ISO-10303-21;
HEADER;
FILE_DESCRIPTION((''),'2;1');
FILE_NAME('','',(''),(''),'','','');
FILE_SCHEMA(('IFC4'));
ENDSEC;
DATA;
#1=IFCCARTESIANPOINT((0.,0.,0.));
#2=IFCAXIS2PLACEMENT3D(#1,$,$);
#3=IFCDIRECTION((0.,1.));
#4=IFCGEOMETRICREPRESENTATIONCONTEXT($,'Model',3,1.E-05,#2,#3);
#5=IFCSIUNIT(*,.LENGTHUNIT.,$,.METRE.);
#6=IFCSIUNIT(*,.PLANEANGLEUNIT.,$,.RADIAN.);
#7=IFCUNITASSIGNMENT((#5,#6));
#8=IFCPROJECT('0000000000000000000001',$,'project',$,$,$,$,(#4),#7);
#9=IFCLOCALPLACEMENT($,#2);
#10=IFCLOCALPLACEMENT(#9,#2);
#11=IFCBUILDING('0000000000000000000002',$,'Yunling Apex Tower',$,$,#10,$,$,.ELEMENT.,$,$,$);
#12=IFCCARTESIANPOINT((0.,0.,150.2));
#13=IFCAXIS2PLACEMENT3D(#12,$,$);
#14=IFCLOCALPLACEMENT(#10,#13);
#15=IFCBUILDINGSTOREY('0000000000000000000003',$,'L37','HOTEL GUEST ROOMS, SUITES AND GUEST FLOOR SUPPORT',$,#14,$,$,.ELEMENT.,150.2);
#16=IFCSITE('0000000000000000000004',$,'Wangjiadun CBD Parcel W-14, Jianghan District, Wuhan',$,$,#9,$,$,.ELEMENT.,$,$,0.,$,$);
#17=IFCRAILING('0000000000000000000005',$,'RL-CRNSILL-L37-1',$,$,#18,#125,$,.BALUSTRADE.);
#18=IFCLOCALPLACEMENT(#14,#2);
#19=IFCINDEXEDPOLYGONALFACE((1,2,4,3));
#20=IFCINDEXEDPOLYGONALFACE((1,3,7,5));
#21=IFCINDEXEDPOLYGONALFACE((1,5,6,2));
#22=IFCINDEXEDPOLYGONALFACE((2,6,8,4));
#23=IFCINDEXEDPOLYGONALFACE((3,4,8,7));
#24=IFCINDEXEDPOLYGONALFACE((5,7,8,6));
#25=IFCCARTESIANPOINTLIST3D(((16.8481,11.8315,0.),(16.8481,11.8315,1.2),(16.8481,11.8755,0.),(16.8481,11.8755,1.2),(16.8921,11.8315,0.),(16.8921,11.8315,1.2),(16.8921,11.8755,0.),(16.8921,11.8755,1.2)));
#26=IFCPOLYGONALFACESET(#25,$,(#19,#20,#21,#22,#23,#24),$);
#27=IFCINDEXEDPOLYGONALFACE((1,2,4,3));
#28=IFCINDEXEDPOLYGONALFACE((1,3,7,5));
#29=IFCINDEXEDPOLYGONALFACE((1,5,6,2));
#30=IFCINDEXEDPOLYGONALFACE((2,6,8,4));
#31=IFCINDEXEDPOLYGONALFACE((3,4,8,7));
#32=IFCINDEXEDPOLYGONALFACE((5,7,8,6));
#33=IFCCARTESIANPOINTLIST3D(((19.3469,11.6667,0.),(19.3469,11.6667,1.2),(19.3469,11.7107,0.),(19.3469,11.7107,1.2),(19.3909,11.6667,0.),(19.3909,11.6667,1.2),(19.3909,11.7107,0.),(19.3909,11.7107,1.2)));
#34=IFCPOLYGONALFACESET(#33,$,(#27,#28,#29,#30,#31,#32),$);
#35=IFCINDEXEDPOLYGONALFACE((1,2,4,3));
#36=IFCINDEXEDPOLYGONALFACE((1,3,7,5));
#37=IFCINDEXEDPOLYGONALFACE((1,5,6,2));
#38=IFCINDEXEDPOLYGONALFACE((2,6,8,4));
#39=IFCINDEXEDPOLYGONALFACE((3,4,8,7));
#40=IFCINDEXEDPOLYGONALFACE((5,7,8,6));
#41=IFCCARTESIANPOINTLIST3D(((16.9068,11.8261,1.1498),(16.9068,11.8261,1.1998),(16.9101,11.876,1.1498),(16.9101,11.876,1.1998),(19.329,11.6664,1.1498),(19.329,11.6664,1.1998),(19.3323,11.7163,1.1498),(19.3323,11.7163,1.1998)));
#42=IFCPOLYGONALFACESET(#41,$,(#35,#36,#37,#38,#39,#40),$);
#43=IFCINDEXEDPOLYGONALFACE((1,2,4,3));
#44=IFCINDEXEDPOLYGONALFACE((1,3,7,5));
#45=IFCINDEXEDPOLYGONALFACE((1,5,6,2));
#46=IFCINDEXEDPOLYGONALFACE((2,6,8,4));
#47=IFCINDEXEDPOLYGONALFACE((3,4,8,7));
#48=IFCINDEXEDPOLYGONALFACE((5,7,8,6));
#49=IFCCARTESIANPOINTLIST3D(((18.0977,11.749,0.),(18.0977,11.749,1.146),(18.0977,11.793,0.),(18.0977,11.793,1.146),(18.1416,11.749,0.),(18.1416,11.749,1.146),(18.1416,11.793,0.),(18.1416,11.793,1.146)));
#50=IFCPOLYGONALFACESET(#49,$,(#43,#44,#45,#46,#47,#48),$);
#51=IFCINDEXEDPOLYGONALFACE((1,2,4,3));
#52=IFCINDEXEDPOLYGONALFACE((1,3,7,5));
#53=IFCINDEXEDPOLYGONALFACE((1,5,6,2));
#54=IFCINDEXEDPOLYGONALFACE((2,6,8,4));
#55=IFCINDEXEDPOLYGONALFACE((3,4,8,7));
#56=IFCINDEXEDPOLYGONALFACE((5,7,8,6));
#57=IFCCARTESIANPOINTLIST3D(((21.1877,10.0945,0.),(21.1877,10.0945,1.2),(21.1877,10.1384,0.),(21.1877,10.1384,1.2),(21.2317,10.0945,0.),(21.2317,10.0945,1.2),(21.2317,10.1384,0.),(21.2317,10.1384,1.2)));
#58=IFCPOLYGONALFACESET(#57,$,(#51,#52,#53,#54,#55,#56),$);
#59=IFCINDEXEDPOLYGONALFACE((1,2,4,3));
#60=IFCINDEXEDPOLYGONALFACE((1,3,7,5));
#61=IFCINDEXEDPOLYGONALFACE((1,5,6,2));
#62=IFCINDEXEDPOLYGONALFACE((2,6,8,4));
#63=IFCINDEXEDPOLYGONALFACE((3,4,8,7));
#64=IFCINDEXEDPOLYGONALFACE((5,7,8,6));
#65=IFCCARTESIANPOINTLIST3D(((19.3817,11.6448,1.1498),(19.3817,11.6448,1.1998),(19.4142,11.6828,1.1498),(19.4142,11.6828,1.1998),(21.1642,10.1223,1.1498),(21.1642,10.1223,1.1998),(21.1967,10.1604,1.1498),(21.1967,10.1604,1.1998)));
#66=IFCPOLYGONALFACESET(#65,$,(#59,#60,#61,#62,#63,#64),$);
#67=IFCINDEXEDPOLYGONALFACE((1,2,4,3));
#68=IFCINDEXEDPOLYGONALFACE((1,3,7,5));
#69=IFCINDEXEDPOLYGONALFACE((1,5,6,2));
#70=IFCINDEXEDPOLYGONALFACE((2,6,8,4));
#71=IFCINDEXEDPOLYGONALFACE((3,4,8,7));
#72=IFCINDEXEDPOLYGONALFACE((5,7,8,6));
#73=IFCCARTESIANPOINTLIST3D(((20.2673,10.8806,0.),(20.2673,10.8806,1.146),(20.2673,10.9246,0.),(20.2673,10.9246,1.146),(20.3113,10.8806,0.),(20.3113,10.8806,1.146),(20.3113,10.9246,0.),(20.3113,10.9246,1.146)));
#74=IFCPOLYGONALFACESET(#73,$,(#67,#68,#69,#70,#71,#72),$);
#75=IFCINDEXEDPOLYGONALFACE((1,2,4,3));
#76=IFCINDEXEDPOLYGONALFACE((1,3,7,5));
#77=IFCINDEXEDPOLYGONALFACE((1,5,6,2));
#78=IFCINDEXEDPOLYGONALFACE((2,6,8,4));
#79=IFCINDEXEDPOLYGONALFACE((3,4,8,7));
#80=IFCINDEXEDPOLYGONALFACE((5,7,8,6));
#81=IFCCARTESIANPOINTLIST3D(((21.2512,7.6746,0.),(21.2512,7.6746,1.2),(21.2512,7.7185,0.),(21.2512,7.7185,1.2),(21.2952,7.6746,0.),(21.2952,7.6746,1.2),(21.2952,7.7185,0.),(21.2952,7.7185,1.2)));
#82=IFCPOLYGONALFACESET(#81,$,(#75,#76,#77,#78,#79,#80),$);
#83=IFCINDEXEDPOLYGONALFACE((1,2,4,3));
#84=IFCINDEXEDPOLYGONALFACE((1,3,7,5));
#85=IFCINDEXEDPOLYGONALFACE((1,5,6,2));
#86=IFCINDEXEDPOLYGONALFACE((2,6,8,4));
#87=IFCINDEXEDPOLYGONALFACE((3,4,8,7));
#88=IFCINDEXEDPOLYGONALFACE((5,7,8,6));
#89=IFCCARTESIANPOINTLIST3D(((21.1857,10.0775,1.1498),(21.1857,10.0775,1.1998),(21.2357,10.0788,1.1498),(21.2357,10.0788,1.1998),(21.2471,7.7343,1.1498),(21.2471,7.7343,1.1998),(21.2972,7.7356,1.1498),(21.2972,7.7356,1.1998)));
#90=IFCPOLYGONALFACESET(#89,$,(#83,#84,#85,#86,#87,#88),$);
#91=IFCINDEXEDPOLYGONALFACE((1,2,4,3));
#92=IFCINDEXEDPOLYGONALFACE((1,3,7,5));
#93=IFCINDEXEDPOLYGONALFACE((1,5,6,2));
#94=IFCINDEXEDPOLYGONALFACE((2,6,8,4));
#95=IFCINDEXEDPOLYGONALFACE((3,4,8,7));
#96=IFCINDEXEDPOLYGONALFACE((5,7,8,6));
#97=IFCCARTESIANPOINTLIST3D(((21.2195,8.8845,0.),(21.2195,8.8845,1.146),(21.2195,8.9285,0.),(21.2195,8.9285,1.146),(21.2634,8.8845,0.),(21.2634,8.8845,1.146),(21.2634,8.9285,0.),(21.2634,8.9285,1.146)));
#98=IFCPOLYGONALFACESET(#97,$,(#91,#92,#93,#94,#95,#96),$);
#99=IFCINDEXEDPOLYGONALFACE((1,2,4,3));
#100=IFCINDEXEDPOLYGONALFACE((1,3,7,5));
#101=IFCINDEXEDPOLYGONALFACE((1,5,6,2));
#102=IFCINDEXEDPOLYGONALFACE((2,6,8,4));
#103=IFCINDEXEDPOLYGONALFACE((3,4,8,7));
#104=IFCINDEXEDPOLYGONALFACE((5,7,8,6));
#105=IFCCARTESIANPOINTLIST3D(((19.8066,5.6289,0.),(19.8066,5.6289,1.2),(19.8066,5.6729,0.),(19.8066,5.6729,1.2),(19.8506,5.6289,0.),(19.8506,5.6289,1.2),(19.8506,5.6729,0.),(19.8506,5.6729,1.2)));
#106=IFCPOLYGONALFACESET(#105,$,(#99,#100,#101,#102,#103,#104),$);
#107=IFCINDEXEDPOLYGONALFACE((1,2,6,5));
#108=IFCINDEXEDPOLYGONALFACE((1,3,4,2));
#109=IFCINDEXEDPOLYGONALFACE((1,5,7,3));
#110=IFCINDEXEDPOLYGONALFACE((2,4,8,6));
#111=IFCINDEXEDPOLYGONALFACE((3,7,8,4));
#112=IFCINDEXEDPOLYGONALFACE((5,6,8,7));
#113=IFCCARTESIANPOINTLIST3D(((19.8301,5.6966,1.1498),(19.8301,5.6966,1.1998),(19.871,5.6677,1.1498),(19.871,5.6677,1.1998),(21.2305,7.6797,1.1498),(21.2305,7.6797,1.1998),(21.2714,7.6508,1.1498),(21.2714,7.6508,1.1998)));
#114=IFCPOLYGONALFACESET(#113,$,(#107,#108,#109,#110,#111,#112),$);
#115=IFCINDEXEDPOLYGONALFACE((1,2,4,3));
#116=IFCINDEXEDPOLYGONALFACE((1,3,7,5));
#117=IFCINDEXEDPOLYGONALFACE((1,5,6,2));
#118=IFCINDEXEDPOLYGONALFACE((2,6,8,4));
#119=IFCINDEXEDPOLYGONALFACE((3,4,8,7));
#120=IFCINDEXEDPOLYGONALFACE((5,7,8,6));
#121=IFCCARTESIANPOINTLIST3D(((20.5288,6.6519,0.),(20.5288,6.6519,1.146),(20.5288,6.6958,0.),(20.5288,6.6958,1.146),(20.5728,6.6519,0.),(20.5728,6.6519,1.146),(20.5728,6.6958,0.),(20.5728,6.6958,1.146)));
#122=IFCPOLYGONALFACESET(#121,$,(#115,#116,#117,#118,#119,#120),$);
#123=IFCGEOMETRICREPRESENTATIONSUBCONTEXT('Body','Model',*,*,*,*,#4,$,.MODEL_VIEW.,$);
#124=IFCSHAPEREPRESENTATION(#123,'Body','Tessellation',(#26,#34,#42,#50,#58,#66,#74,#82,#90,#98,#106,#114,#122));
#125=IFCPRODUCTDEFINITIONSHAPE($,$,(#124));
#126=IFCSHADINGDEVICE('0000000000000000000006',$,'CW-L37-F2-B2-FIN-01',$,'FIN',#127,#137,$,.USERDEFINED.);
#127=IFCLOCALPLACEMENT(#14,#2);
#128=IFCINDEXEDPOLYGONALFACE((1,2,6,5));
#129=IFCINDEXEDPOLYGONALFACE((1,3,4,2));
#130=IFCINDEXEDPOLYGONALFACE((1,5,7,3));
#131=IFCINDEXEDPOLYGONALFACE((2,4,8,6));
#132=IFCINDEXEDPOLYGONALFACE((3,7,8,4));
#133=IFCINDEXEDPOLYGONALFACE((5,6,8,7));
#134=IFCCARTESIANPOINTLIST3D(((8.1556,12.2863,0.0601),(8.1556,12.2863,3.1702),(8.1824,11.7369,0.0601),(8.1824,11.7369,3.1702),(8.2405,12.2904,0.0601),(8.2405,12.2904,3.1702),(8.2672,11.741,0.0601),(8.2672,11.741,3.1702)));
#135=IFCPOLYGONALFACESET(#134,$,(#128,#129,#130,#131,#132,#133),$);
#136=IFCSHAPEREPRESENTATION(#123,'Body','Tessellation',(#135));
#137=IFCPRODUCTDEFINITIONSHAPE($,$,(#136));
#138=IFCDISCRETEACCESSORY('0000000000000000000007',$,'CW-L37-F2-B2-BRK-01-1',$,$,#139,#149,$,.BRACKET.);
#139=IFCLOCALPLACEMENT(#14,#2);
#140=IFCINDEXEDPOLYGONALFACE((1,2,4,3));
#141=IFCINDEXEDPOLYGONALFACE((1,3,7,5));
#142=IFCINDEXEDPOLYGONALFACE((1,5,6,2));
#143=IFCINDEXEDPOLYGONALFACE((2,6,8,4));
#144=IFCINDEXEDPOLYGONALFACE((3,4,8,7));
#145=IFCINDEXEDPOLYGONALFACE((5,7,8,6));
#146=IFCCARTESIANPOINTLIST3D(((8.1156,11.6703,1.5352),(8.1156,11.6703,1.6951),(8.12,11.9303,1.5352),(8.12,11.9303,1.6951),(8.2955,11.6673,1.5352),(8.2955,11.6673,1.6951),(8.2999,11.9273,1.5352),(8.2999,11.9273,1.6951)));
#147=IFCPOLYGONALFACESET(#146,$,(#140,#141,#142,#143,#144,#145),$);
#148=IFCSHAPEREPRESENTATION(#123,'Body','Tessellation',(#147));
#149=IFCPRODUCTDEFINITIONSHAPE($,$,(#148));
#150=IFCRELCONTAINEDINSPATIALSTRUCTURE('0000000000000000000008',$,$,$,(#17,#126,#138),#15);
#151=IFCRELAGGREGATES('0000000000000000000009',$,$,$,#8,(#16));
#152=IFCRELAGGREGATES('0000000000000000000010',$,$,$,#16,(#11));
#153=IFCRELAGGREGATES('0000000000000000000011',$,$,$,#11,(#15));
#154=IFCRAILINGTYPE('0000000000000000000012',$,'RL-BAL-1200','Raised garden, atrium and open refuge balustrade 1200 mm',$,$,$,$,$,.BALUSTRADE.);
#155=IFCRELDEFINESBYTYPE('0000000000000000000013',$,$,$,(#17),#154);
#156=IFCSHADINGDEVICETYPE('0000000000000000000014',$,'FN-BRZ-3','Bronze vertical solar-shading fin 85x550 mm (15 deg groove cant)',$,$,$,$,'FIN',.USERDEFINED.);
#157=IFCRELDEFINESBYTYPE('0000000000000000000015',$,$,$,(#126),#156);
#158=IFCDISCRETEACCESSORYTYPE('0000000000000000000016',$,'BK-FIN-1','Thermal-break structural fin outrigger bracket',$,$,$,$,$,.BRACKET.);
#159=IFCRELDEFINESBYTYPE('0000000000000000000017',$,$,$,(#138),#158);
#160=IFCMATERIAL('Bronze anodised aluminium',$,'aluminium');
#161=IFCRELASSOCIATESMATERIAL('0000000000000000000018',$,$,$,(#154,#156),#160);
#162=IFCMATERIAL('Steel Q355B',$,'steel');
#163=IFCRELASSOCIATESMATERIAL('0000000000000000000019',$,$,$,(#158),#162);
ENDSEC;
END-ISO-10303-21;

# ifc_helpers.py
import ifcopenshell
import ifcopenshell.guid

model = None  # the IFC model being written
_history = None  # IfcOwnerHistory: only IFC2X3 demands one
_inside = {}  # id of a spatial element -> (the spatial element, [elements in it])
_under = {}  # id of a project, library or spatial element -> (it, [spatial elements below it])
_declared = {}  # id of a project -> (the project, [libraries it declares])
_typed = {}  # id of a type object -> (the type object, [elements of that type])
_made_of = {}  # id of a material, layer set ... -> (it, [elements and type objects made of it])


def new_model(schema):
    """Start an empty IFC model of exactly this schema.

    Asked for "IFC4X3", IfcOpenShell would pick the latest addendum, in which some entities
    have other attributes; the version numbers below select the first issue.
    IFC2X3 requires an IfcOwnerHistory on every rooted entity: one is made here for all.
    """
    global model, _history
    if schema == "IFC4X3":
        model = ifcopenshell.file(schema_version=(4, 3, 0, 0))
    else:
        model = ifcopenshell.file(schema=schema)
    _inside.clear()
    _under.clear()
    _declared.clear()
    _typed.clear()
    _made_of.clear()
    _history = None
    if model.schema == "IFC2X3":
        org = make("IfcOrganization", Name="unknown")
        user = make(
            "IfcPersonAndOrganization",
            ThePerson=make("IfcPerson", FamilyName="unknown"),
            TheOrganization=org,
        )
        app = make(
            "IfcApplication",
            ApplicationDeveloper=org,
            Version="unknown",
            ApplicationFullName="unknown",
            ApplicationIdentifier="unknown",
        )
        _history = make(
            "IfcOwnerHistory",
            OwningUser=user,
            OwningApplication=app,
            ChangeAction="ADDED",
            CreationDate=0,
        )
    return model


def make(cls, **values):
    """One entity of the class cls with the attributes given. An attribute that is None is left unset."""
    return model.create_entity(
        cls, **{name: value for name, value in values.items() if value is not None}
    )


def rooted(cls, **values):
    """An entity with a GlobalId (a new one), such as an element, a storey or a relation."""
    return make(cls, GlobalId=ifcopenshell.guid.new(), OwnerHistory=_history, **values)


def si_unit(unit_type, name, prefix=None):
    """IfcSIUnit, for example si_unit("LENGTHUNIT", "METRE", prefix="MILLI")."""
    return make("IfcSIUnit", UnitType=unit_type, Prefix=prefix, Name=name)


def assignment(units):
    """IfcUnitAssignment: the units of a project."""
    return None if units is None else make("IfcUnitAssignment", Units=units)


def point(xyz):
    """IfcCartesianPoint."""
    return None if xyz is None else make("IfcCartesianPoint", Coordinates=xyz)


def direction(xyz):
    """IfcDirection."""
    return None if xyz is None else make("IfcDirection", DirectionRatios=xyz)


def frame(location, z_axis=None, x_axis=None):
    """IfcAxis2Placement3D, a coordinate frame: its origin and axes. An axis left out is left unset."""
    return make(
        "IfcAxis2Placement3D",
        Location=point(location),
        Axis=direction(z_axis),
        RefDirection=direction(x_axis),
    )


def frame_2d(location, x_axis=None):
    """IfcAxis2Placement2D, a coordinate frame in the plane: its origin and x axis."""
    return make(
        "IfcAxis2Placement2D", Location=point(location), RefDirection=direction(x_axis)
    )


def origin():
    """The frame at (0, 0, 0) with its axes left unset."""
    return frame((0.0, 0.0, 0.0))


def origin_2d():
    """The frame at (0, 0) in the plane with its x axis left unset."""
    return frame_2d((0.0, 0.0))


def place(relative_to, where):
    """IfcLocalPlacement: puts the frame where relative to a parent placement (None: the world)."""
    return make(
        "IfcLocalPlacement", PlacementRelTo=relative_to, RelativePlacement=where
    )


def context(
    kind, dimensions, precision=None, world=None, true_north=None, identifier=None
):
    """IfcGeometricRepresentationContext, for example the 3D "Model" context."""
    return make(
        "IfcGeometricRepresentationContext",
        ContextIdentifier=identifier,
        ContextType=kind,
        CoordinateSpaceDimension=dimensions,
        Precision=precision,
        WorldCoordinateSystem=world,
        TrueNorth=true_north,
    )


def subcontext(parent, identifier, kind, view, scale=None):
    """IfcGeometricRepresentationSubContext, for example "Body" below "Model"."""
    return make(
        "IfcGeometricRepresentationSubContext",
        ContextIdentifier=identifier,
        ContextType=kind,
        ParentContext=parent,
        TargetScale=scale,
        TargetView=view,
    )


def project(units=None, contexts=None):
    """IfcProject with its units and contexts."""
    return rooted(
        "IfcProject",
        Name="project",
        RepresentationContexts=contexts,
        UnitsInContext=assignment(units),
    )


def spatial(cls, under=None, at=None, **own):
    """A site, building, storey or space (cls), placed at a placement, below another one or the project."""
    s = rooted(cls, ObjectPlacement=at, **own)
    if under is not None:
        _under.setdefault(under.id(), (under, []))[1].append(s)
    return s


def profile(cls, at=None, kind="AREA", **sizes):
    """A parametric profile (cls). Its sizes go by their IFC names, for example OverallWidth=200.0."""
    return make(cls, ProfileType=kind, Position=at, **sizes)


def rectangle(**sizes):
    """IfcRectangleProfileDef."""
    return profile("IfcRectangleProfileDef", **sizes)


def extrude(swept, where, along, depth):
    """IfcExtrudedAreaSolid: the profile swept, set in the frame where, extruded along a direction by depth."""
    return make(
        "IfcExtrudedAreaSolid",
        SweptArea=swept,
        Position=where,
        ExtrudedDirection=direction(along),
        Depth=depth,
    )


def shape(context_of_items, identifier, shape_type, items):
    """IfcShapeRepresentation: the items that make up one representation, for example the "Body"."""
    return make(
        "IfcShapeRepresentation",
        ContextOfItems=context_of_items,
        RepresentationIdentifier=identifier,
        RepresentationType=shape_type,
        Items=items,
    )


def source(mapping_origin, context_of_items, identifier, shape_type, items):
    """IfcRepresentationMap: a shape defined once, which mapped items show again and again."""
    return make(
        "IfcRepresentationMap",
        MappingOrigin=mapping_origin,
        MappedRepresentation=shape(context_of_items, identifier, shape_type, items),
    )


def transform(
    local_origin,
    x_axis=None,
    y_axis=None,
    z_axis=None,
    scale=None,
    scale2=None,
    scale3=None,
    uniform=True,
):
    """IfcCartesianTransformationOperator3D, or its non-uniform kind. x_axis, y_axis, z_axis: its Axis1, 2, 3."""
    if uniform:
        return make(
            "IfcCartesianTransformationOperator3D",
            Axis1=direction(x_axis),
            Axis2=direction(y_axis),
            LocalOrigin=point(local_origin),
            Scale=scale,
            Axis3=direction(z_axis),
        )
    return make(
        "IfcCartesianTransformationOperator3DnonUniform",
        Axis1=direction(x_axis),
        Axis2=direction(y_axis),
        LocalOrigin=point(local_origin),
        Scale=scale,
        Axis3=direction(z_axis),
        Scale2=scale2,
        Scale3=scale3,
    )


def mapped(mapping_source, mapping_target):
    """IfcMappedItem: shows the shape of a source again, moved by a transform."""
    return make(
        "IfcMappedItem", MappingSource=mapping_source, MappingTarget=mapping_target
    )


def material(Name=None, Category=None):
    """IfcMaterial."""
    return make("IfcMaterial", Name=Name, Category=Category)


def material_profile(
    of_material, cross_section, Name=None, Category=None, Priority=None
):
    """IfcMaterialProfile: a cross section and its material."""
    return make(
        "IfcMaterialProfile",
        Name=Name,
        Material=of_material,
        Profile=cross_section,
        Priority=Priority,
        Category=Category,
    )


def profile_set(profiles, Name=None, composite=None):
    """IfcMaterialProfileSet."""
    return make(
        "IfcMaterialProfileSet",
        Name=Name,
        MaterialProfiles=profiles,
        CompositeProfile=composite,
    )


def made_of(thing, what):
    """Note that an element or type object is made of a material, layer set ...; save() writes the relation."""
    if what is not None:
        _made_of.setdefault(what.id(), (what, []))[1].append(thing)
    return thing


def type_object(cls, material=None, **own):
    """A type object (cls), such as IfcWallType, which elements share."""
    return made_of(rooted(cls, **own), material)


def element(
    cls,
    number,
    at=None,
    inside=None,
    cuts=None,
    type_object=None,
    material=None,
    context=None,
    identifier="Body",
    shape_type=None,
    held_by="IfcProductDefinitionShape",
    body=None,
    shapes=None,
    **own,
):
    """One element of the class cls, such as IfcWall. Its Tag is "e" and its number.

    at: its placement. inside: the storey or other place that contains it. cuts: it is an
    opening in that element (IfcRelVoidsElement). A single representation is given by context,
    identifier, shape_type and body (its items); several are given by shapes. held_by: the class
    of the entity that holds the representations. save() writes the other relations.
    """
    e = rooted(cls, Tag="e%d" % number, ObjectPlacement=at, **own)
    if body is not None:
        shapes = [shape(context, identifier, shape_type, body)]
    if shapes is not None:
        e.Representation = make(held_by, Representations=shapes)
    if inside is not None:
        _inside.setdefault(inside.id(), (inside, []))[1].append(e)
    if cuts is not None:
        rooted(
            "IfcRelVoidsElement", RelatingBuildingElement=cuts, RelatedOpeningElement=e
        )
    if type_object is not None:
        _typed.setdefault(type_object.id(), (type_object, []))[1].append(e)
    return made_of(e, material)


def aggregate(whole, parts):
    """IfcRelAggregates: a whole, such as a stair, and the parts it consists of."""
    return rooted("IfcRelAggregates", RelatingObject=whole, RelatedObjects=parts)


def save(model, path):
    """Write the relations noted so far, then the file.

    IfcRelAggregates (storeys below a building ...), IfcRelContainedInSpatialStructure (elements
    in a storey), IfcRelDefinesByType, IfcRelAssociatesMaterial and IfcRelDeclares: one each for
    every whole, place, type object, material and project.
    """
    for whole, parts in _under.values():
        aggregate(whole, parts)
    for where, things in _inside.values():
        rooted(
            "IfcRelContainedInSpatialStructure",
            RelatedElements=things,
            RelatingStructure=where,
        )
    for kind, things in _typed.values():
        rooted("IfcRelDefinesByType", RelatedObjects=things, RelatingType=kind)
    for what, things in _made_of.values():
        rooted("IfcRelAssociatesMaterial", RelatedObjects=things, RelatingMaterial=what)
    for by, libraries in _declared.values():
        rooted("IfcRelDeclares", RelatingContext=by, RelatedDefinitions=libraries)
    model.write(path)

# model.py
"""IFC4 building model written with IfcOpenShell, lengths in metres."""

from ifc_helpers import new_model, si_unit, direction, frame, origin, origin_2d, place, context, subcontext, project, spatial, rectangle, extrude, source, transform, mapped, material, material_profile, profile_set, type_object, element, save


model = new_model("IFC4")

# Units and contexts
model_context = context("Model", 3, precision=1e-05, world=origin(), true_north=direction((0.0, 1.0)))
body_context = subcontext(model_context, "Body", "Model", "MODEL_VIEW")
ifc_project = project(units=[si_unit("LENGTHUNIT", "METRE"), si_unit("PLANEANGLEUNIT", "RADIAN")], contexts=[model_context])

# Site, building, storey
site_placement = place(None, origin())
site = spatial("IfcSite", under=ifc_project, at=site_placement, Name="Wangjiadun CBD Parcel W-14, Jianghan District, Wuhan", CompositionType="ELEMENT", RefElevation=0.0)
building_placement = place(site_placement, origin())
building = spatial("IfcBuilding", under=site, at=building_placement, Name="Yunling Apex Tower", CompositionType="ELEMENT")
storey_placement = place(building_placement, frame((0.0, 0.0, 150.2)))
storey = spatial("IfcBuildingStorey", under=building, at=storey_placement, Name="L37", Description="HOTEL GUEST ROOMS, SUITES AND GUEST FLOOR SUPPORT", CompositionType="ELEMENT", Elevation=150.2)

# Shared definitions
ifc_material_1 = material(Name="Steel Q355B", Category="steel")

# Shared definitions
ifc_material_2 = material(Name="Bronze anodised aluminium", Category="aluminium")

# Railing
railing_type = type_object("IfcRailingType", Name="RL-BAL-1200", Description="Raised garden, atrium and open refuge balustrade 1200 mm", PredefinedType="BALUSTRADE", material=ifc_material_2)
railing_placement = place(storey_placement, frame((16.8701, 11.8535, 0.0)))
element("IfcRailing", 1, at=railing_placement, inside=storey, type_object=railing_type, Name="RL-CRNSILL-L37-1", PredefinedType="BALUSTRADE", context=body_context, shape_type="SweptSolid", body=[
    extrude(rectangle(XDim=0.0439, YDim=0.0439, at=origin_2d()), origin(), (0.0, 0.0, 1.0), 1.2),
    extrude(rectangle(XDim=0.0439, YDim=0.0439, at=origin_2d()), frame((2.4988, -0.1648, 0.0)), (0.0, 0.0, 1.0), 1.2),
    extrude(rectangle(XDim=0.05, YDim=0.05, at=origin_2d()), frame((0.0383, -0.0024, 1.1748), z_axis=(0.997832, -0.065807, 0.0), x_axis=(0.065807, 0.997832, 0.0)), (0.0, 0.0, 1.0), 2.4275),
    extrude(rectangle(XDim=0.0439, YDim=0.0439, at=origin_2d()), frame((1.2495, -0.0825, 0.0)), (0.0, 0.0, 1.0), 1.146),
    extrude(rectangle(XDim=0.0439, YDim=0.0439, at=origin_2d()), frame((4.3396, -1.7371, 0.0)), (0.0, 0.0, 1.0), 1.2),
    extrude(rectangle(XDim=0.05, YDim=0.05, at=origin_2d()), frame((2.5278, -0.1897, 1.1748), z_axis=(0.760394, -0.649462, 0.0), x_axis=(0.649462, 0.760394, 0.0)), (0.0, 0.0, 1.0), 2.3442),
    extrude(rectangle(XDim=0.0439, YDim=0.0439, at=origin_2d()), frame((3.4192, -0.9509, 0.0)), (0.0, 0.0, 1.0), 1.146),
    extrude(rectangle(XDim=0.0439, YDim=0.0439, at=origin_2d()), frame((4.4031, -4.157, 0.0)), (0.0, 0.0, 1.0), 1.2),
    extrude(rectangle(XDim=0.05, YDim=0.05, at=origin_2d()), frame((4.3406, -1.7754, 1.1748), z_axis=(0.026222, -0.999656, 0.0), x_axis=(0.999656, 0.026222, 0.0)), (0.0, 0.0, 1.0), 2.344),
    extrude(rectangle(XDim=0.0439, YDim=0.0439, at=origin_2d()), frame((4.3713, -2.947, 0.0)), (0.0, 0.0, 1.0), 1.146),
    extrude(rectangle(XDim=0.0439, YDim=0.0439, at=origin_2d()), frame((2.9585, -6.2026, 0.0)), (0.0, 0.0, 1.0), 1.2),
    extrude(rectangle(XDim=0.05, YDim=0.05, at=origin_2d()), frame((4.3809, -4.1882, 1.1748), z_axis=(-0.57684, -0.816857, 0.0), x_axis=(0.816857, -0.57684, 0.0)), (0.0, 0.0, 1.0), 2.4277),
    extrude(rectangle(XDim=0.0439, YDim=0.0439, at=origin_2d()), frame((3.6807, -5.1797, 0.0)), (0.0, 0.0, 1.0), 1.146),
])

# Shading device
ifc_material_profile_1 = material_profile(ifc_material_2, rectangle(XDim=0.085, YDim=0.55, at=origin_2d()))
ifc_profile_set_1 = profile_set([ifc_material_profile_1], Name="Bronze anodised aluminium")
shading_device_type = type_object("IfcShadingDeviceType", Name="FN-BRZ-3", Description="Bronze vertical solar-shading fin 85x550 mm (15 deg groove cant)", ElementType="FIN", PredefinedType="USERDEFINED", material=ifc_profile_set_1)
shared_shape_1 = source(origin(), body_context, "Body", "SweptSolid", [
    extrude(rectangle(XDim=0.085, YDim=0.55, at=origin_2d()), origin(), (0.0, 0.0, 1.0), 3.1101),
])
shading_device_placement = place(storey_placement, frame((8.2114, 12.0137, 0.0601), z_axis=(0.0, 0.0, 1.0), x_axis=(-0.998815, -0.048675, 0.0)))
element("IfcShadingDevice", 2, at=shading_device_placement, inside=storey, type_object=shading_device_type, Name="CW-L37-F2-B2-FIN-01", ObjectType="FIN", PredefinedType="USERDEFINED", context=body_context, shape_type="MappedRepresentation", body=[
    mapped(shared_shape_1, transform((0.0, 0.0, 0.0), scale=1.0)),
])

# Discrete accessory
discrete_accessory_type = type_object("IfcDiscreteAccessoryType", Name="BK-FIN-1", Description="Thermal-break structural fin outrigger bracket", PredefinedType="BRACKET", material=ifc_material_1)
shared_shape_2 = source(origin(), body_context, "Body", "SweptSolid", [
    extrude(rectangle(XDim=0.1799, YDim=0.26, at=origin_2d()), origin(), (0.0, 0.0, 1.0), 0.1599),
])
discrete_accessory_placement = place(storey_placement, frame((8.2078, 11.7988, 1.5352), z_axis=(0.0, 0.0, 1.0), x_axis=(-0.99986, 0.016754, 0.0)))
element("IfcDiscreteAccessory", 3, at=discrete_accessory_placement, inside=storey, type_object=discrete_accessory_type, Name="CW-L37-F2-B2-BRK-01-1", PredefinedType="BRACKET", context=body_context, shape_type="MappedRepresentation", body=[
    mapped(shared_shape_2, transform((0.0, 0.0, 0.0), scale=1.0)),
])

save(model, "model.ifc")
